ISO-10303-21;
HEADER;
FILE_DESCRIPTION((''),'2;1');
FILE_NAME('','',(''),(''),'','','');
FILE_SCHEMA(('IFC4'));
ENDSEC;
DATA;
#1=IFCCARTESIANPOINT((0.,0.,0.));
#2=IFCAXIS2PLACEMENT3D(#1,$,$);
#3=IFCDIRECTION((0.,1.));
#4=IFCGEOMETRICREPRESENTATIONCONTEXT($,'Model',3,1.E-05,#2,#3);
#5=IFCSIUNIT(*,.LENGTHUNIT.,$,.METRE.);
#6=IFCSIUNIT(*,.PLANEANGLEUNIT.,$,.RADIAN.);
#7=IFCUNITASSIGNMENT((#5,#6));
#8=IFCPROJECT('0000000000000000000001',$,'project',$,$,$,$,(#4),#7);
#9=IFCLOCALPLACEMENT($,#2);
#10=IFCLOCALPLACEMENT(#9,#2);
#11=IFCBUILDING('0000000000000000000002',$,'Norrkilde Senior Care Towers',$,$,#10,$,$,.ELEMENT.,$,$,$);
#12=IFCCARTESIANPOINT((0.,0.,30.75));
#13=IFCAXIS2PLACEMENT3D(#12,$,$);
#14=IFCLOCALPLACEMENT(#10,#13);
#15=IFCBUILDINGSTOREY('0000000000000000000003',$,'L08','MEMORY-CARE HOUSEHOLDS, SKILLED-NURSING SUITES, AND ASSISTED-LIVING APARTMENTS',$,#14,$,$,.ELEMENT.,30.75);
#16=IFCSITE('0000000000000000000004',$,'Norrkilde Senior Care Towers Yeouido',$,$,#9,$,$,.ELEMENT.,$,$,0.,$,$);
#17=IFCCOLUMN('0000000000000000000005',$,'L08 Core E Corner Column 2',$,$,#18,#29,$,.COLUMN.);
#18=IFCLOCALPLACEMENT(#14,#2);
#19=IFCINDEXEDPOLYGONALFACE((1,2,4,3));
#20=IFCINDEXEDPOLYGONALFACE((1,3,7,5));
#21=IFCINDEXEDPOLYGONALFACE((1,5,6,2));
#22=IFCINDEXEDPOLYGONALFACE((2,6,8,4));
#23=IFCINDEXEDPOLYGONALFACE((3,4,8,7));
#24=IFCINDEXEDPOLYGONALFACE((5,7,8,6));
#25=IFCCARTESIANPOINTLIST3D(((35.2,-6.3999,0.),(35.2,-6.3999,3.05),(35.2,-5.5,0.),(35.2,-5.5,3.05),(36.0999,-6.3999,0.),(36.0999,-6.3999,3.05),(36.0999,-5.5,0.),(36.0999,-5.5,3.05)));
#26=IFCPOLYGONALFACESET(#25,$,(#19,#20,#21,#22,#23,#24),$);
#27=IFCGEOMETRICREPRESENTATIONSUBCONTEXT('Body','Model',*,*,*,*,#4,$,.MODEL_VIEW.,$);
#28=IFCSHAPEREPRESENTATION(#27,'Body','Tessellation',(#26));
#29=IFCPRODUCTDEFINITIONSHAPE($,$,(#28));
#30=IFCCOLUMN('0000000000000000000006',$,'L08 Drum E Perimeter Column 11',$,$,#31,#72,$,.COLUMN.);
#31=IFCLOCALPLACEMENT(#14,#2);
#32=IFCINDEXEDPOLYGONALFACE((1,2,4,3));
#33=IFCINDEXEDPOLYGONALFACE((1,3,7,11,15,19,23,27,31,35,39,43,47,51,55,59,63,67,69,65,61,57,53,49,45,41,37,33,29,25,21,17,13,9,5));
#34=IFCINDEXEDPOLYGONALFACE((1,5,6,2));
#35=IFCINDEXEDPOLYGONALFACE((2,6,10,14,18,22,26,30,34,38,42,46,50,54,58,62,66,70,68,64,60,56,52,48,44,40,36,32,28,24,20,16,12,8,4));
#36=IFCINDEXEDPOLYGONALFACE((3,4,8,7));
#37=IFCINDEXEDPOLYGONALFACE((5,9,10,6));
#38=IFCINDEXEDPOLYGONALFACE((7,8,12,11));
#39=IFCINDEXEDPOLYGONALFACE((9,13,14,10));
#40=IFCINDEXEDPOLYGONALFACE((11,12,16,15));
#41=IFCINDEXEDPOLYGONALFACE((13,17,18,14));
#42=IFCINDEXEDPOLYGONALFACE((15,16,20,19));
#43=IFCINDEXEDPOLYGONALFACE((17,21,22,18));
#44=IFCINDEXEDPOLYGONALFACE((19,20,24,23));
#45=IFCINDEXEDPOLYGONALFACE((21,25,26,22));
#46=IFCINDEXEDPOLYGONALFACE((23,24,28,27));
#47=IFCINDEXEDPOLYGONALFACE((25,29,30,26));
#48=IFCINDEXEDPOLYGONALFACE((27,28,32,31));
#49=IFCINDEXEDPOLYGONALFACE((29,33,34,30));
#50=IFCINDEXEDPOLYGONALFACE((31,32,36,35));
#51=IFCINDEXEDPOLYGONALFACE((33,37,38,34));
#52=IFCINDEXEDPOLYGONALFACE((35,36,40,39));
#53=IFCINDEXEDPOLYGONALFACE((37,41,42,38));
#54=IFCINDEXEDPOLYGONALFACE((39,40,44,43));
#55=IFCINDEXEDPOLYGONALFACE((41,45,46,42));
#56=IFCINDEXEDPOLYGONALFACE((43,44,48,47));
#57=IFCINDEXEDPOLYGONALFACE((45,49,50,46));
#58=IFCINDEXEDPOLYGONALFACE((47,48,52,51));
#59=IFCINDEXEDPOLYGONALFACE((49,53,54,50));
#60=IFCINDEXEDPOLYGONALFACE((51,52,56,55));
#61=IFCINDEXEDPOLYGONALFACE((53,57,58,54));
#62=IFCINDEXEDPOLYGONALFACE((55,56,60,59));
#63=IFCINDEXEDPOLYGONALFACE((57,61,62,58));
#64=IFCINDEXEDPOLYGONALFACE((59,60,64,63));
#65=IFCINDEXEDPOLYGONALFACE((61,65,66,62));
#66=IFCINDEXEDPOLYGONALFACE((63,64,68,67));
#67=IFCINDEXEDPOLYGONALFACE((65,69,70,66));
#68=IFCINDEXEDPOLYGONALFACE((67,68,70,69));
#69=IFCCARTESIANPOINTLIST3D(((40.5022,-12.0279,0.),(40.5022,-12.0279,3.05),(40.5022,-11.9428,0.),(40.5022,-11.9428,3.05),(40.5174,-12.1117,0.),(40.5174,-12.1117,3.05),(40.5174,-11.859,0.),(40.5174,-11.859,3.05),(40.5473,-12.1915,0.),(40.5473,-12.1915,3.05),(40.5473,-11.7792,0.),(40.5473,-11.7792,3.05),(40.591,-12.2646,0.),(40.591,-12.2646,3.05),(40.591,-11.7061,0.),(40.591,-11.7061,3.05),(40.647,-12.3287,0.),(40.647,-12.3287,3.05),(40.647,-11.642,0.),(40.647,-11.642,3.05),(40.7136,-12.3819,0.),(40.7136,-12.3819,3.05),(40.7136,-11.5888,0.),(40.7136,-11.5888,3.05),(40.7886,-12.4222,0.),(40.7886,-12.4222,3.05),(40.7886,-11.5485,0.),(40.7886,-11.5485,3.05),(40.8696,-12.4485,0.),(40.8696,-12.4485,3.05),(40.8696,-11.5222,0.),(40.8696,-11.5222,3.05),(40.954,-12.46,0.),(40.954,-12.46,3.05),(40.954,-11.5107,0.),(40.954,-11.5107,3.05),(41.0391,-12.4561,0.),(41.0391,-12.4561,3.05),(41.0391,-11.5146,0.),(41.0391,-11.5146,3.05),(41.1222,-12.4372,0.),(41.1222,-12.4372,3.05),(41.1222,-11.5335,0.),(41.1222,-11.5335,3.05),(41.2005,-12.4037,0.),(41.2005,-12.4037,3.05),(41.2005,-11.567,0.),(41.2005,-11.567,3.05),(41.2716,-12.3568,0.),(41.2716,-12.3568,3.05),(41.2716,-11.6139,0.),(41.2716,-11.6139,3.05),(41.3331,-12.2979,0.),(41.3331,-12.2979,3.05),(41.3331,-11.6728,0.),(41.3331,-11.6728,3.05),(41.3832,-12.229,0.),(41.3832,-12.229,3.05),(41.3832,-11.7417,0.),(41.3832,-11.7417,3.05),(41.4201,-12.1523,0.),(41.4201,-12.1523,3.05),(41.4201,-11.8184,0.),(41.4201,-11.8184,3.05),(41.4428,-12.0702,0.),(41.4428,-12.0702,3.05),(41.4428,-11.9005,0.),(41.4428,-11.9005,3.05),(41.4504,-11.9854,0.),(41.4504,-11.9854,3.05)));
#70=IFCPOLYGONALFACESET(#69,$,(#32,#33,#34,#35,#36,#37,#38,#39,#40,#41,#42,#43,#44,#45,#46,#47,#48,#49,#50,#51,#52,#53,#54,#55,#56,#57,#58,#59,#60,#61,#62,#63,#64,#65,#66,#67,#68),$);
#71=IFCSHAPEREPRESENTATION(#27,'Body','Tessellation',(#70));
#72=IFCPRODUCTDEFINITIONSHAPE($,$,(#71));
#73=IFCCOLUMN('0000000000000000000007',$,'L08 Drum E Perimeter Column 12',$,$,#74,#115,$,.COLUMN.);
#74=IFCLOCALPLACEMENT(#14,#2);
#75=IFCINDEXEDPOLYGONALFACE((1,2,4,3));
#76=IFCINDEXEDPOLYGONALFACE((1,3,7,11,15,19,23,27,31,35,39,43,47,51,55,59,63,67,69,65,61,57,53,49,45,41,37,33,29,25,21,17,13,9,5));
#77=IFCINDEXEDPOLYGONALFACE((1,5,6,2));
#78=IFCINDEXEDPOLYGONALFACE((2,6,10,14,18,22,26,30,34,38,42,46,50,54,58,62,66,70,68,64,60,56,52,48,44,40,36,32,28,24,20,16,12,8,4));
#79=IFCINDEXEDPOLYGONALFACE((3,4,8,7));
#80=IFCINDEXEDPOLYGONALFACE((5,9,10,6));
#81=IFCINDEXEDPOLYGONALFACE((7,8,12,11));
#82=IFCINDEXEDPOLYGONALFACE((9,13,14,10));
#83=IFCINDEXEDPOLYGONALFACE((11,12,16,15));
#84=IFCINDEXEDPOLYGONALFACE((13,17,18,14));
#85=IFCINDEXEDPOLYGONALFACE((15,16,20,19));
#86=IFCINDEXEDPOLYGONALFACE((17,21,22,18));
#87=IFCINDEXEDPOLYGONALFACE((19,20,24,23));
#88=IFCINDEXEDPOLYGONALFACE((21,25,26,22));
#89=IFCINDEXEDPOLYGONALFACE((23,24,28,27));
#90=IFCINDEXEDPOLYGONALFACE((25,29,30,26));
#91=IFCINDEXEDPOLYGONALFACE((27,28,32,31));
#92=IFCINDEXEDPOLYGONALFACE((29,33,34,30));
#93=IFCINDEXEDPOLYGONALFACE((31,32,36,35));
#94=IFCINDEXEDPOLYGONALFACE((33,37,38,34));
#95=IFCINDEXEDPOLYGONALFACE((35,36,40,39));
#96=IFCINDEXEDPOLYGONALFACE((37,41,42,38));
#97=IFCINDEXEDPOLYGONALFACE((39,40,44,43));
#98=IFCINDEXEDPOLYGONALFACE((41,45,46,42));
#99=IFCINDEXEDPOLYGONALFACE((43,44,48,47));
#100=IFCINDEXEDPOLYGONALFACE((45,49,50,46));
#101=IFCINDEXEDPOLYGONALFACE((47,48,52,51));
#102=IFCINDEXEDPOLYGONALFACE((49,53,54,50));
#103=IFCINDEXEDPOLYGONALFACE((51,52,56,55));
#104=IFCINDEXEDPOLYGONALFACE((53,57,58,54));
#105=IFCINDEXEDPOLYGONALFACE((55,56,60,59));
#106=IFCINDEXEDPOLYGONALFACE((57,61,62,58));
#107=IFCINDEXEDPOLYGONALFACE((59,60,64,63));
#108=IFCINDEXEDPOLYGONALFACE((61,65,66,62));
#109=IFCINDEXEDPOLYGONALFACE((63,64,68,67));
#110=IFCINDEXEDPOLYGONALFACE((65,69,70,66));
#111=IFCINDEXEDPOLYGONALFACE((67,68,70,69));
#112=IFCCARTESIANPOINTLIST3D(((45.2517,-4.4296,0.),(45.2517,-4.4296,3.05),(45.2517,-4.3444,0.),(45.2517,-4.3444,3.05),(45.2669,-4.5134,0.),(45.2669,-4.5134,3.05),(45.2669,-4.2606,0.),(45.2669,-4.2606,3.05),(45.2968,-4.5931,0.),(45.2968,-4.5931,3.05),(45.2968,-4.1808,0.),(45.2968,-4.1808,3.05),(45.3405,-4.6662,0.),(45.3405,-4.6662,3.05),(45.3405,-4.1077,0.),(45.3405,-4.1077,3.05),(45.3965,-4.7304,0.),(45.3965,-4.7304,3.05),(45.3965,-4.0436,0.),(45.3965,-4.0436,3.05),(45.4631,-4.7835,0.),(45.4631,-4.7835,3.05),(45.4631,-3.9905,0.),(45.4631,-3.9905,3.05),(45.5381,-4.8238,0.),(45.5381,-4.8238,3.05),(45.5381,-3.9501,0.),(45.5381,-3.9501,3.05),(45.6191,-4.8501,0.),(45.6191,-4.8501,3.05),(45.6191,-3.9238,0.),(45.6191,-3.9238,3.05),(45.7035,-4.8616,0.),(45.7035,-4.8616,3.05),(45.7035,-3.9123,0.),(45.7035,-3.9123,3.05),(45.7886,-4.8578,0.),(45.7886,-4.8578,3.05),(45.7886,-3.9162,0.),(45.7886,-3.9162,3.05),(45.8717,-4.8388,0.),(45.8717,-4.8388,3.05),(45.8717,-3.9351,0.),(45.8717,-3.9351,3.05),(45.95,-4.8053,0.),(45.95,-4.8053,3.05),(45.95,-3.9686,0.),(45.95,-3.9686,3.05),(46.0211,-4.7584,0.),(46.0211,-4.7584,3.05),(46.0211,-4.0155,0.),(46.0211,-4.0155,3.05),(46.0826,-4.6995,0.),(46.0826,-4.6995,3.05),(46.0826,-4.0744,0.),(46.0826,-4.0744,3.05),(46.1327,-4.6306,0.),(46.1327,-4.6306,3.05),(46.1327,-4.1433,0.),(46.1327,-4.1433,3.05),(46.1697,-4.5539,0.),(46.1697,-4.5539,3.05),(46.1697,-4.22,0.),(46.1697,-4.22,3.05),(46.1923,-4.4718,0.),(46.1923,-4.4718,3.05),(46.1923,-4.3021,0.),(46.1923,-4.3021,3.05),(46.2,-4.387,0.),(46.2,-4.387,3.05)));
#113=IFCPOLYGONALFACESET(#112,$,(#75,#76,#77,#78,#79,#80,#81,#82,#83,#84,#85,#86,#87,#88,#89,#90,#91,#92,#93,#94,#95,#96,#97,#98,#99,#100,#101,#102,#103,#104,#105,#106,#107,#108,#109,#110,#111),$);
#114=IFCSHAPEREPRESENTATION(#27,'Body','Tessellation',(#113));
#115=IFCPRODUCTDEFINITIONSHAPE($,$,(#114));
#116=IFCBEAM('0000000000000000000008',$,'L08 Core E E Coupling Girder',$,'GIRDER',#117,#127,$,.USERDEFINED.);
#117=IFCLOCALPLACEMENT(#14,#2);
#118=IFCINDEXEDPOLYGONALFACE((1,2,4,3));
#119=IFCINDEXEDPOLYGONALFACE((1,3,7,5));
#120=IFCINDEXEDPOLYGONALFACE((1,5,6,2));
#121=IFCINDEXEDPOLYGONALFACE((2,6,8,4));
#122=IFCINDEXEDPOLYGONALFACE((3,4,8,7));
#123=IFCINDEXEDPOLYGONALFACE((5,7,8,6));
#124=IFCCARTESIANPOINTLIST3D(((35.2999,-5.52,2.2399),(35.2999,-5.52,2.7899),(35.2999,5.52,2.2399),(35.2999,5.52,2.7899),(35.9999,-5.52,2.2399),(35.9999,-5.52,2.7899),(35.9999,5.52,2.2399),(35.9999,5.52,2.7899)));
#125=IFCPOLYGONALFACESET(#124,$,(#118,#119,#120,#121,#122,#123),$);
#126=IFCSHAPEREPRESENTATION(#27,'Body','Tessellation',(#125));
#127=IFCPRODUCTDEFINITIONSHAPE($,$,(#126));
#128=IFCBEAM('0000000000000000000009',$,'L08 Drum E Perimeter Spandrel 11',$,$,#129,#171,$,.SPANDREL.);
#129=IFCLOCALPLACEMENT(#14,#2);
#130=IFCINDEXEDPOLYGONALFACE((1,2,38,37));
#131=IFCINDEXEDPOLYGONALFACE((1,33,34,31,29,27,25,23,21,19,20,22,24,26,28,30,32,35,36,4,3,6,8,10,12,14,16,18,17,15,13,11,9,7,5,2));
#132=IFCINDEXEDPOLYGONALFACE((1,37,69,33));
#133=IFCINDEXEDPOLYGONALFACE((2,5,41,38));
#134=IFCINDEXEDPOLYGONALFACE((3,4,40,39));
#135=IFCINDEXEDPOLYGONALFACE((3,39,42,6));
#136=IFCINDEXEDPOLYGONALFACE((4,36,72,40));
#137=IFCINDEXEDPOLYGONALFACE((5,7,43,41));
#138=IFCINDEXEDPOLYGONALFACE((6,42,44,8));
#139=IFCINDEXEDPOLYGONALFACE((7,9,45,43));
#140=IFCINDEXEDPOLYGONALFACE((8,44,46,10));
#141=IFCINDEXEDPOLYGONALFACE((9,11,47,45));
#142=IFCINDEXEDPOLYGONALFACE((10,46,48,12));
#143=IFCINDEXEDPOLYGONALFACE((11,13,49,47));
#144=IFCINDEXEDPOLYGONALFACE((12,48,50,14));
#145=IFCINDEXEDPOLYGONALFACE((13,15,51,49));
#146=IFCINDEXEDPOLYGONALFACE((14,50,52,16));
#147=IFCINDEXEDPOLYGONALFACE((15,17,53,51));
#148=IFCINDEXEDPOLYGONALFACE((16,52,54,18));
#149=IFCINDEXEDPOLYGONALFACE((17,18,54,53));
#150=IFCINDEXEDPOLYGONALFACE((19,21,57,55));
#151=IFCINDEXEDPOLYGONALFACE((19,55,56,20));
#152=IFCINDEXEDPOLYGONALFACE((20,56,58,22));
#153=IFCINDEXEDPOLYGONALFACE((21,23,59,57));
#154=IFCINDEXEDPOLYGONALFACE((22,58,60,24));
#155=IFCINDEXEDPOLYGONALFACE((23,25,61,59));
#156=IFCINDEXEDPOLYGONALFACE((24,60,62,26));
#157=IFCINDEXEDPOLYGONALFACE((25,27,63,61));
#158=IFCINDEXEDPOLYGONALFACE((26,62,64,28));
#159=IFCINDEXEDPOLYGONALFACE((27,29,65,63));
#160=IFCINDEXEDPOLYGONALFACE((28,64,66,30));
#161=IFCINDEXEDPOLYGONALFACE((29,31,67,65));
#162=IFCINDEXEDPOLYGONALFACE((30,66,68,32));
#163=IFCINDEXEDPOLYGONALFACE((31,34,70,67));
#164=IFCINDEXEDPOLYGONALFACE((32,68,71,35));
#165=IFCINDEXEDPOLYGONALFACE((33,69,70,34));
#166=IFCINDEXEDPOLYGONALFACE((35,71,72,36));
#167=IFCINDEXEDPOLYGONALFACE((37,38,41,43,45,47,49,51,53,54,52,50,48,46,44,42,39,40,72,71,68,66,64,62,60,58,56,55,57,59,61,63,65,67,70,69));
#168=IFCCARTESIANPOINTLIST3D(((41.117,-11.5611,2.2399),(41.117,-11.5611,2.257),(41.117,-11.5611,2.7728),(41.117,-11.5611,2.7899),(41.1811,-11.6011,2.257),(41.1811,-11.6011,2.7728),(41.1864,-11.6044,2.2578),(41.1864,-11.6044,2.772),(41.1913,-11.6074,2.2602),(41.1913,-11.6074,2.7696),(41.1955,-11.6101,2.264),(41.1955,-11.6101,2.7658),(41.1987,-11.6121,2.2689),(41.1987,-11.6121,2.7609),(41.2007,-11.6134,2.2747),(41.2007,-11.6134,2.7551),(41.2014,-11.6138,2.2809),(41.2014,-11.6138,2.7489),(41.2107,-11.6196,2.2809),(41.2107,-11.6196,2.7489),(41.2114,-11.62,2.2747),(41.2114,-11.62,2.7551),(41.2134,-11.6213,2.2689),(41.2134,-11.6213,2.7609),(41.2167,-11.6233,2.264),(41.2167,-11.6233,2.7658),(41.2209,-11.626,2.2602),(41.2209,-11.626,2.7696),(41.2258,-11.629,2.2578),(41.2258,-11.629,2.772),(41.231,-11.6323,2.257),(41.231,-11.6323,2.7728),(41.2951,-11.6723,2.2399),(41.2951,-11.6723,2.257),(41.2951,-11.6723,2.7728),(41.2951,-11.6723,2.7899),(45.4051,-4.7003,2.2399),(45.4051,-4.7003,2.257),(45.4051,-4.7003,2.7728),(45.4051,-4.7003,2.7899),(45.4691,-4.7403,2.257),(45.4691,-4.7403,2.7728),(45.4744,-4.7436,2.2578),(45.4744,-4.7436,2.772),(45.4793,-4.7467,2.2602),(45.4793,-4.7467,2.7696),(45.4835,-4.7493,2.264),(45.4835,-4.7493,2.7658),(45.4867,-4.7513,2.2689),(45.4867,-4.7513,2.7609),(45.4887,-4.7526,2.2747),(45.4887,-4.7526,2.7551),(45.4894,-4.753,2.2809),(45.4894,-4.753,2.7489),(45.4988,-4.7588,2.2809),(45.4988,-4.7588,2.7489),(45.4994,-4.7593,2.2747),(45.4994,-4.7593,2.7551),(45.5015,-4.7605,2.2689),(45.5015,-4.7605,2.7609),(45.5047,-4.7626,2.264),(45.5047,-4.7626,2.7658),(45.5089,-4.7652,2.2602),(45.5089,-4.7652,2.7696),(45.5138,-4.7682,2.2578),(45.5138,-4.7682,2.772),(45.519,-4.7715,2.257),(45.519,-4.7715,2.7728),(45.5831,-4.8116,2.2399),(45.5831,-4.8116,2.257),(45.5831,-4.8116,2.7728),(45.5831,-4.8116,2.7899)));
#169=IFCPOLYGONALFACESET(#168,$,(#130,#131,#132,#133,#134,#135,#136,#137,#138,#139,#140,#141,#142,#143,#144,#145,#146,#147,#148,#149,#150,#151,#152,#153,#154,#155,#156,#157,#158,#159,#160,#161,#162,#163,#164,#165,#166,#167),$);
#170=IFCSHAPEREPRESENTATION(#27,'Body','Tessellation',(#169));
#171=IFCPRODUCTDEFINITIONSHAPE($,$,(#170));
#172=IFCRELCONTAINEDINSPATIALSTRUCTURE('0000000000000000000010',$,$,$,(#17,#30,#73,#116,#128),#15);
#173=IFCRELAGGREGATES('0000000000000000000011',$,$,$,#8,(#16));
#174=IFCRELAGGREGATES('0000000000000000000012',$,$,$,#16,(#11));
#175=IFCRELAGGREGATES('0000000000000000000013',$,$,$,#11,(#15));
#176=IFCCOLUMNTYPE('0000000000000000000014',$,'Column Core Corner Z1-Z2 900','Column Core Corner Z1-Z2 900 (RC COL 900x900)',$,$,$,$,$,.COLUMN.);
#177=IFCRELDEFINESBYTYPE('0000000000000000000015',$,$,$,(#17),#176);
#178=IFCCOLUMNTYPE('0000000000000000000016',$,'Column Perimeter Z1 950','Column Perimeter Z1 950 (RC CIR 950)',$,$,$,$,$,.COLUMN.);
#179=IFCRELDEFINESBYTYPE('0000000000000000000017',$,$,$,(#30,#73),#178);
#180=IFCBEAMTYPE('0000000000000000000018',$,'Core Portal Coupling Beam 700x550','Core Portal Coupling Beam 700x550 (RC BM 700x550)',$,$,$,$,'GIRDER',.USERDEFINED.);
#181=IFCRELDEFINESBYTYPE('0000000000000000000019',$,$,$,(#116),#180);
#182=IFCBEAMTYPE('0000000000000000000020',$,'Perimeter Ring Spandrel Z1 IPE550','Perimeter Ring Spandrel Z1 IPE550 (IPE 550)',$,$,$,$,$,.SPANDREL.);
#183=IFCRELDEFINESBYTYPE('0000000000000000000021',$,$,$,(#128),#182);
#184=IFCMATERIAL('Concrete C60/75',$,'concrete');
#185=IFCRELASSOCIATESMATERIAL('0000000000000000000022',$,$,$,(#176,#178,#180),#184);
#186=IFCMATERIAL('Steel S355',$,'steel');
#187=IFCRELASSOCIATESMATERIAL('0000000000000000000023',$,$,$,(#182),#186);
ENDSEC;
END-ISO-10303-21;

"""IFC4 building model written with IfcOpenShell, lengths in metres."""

from ifc_helpers import new_model, si_unit, direction, frame, origin, origin_2d, place, context, subcontext, project, spatial, rectangle, circle, i_section, extrude, source, transform, mapped, material, material_profile, profile_set, type_object, type_shapes, element, save


model = new_model("IFC4")

# Units and contexts
model_context = context("Model", 3, precision=1e-05, world=origin(), true_north=direction((0.0, 1.0)))
body_context = subcontext(model_context, "Body", "Model", "MODEL_VIEW")
ifc_project = project(units=[si_unit("LENGTHUNIT", "METRE"), si_unit("PLANEANGLEUNIT", "RADIAN")], contexts=[model_context])

# Site, building, storey
site_placement = place(None, origin())
site = spatial("IfcSite", under=ifc_project, at=site_placement, Name="Norrkilde Senior Care Towers Yeouido", CompositionType="ELEMENT", RefElevation=0.0)
building_placement = place(site_placement, origin())
building = spatial("IfcBuilding", under=site, at=building_placement, Name="Norrkilde Senior Care Towers", CompositionType="ELEMENT")
storey_placement = place(building_placement, frame((0.0, 0.0, 30.75)))
storey = spatial("IfcBuildingStorey", under=building, at=storey_placement, Name="L08", Description="MEMORY-CARE HOUSEHOLDS, SKILLED-NURSING SUITES, AND ASSISTED-LIVING APARTMENTS", CompositionType="ELEMENT", Elevation=30.75)

# Columns
ifc_material_1 = material(Name="Concrete C60/75", Category="concrete")
ifc_material_profile_1 = material_profile(ifc_material_1, rectangle(XDim=0.8999, YDim=0.8999, at=origin_2d()), Name="RC COL 900x900")
ifc_profile_set_1 = profile_set([ifc_material_profile_1], Name="Concrete C60/75")
column_type_1 = type_object("IfcColumnType", Name="Column Core Corner Z1-Z2 900", Description="Column Core Corner Z1-Z2 900 (RC COL 900x900)", PredefinedType="COLUMN", material=ifc_profile_set_1)
shared_shape_1 = source(origin(), body_context, "Body", "SweptSolid", [
    extrude(rectangle(XDim=0.8999, YDim=0.8999, at=origin_2d()), origin(), (0.0, 0.0, 1.0), 3.05),
])
type_shapes(column_type_1, [shared_shape_1])
column_placement = place(storey_placement, frame((35.6499, -5.95, 0.0), z_axis=(0.0, 0.0, 1.0), x_axis=(1.0, 0.0, 0.0)))
element("IfcColumn", 1, at=column_placement, inside=storey, type_object=column_type_1, Name="L08 Core E Corner Column 2", PredefinedType="COLUMN", context=body_context, shape_type="MappedRepresentation", body=[
    mapped(shared_shape_1, transform((0.0, 0.0, 0.0), x_axis=(1.0, 0.0, 0.0), y_axis=(0.0, 1.0, 0.0), z_axis=(0.0, 0.0, 1.0), scale=1.0)),
])
ifc_material_profile_2 = material_profile(ifc_material_1, circle(Radius=0.4751, at=origin_2d()), Name="RC CIR 950")
ifc_profile_set_2 = profile_set([ifc_material_profile_2], Name="Concrete C60/75")
column_type_2 = type_object("IfcColumnType", Name="Column Perimeter Z1 950", Description="Column Perimeter Z1 950 (RC CIR 950)", PredefinedType="COLUMN", material=ifc_profile_set_2)
shared_shape_2 = source(origin(), body_context, "Body", "SweptSolid", [
    extrude(circle(Radius=0.4751, at=origin_2d()), origin(), (0.0, 0.0, 1.0), 3.05),
])
type_shapes(column_type_2, [shared_shape_2])
for number, where, z_axis, x_axis, name in (
    (2, (40.9753, -11.9854, 0.0), (0.0, 0.0, 1.0), (1.0, 0.0, 0.0), "L08 Drum E Perimeter Column 11"),
    (3, (45.7249, -4.387, 0.0), (0.0, 0.0, 1.0), (1.0, 0.0, 0.0), "L08 Drum E Perimeter Column 12"),
):
    element("IfcColumn", number, at=place(storey_placement, frame(where, z_axis=z_axis, x_axis=x_axis)), inside=storey, type_object=column_type_2, Name=name, PredefinedType="COLUMN", context=body_context, shape_type="MappedRepresentation", body=[
        mapped(shared_shape_2, transform((0.0, 0.0, 0.0), x_axis=(1.0, 0.0, 0.0), y_axis=(0.0, 1.0, 0.0), z_axis=(0.0, 0.0, 1.0), scale=1.0)),
    ])

# Beams
ifc_material_profile_3 = material_profile(ifc_material_1, rectangle(XDim=0.7, YDim=0.55, at=origin_2d()), Name="RC BM 700x550")
ifc_profile_set_3 = profile_set([ifc_material_profile_3], Name="Concrete C60/75")
beam_type_1 = type_object("IfcBeamType", Name="Core Portal Coupling Beam 700x550", Description="Core Portal Coupling Beam 700x550 (RC BM 700x550)", ElementType="GIRDER", PredefinedType="USERDEFINED", material=ifc_profile_set_3)
shared_shape_3 = source(origin(), body_context, "Body", "SweptSolid", [
    extrude(rectangle(XDim=0.7, YDim=0.55, at=origin_2d()), origin(), (0.0, 0.0, 1.0), 11.04),
])
type_shapes(beam_type_1, [shared_shape_3])
beam_1_placement = place(storey_placement, frame((35.6499, -5.52, 2.5149), z_axis=(0.0, 1.0, 0.0), x_axis=(-1.0, 0.0, 0.0)))
element("IfcBeam", 4, at=beam_1_placement, inside=storey, type_object=beam_type_1, Name="L08 Core E E Coupling Girder", ObjectType="GIRDER", PredefinedType="USERDEFINED", context=body_context, shape_type="MappedRepresentation", body=[
    mapped(shared_shape_3, transform((0.0, 0.0, 0.0), x_axis=(1.0, 0.0, 0.0), y_axis=(0.0, 1.0, 0.0), z_axis=(0.0, 0.0, 1.0), scale=1.0)),
])
ifc_material_2 = material(Name="Steel S355", Category="steel")
ifc_material_profile_4 = material_profile(ifc_material_2, i_section(OverallWidth=0.21, OverallDepth=0.55, WebThickness=0.011, FlangeThickness=0.0171, FilletRadius=0.0239, at=origin_2d()), Name="IPE 550")
ifc_profile_set_4 = profile_set([ifc_material_profile_4], Name="Steel S355")
beam_type_2 = type_object("IfcBeamType", Name="Perimeter Ring Spandrel Z1 IPE550", Description="Perimeter Ring Spandrel Z1 IPE550 (IPE 550)", PredefinedType="SPANDREL", material=ifc_profile_set_4)
shared_shape_4 = source(origin(), body_context, "Body", "SweptSolid", [
    extrude(i_section(OverallWidth=0.21, OverallDepth=0.55, WebThickness=0.011, FlangeThickness=0.0171, FilletRadius=0.0239, at=origin_2d()), origin(), (0.0, 0.0, 1.0), 8.0906),
])
beam_2_placement = place(storey_placement, frame((41.2061, -11.6167, 2.5149), z_axis=(0.530004, 0.847995, 0.0), x_axis=(-0.847995, 0.530004, 0.0)))
element("IfcBeam", 5, at=beam_2_placement, inside=storey, type_object=beam_type_2, Name="L08 Drum E Perimeter Spandrel 11", PredefinedType="SPANDREL", context=body_context, shape_type="MappedRepresentation", body=[
    mapped(shared_shape_4, transform((0.0, 0.0, 0.0), x_axis=(1.0, 0.0, 0.0), y_axis=(0.0, 1.0, 0.0), z_axis=(0.0, 0.0, 1.0), scale=1.0)),
])

save(model, "model.ifc")
